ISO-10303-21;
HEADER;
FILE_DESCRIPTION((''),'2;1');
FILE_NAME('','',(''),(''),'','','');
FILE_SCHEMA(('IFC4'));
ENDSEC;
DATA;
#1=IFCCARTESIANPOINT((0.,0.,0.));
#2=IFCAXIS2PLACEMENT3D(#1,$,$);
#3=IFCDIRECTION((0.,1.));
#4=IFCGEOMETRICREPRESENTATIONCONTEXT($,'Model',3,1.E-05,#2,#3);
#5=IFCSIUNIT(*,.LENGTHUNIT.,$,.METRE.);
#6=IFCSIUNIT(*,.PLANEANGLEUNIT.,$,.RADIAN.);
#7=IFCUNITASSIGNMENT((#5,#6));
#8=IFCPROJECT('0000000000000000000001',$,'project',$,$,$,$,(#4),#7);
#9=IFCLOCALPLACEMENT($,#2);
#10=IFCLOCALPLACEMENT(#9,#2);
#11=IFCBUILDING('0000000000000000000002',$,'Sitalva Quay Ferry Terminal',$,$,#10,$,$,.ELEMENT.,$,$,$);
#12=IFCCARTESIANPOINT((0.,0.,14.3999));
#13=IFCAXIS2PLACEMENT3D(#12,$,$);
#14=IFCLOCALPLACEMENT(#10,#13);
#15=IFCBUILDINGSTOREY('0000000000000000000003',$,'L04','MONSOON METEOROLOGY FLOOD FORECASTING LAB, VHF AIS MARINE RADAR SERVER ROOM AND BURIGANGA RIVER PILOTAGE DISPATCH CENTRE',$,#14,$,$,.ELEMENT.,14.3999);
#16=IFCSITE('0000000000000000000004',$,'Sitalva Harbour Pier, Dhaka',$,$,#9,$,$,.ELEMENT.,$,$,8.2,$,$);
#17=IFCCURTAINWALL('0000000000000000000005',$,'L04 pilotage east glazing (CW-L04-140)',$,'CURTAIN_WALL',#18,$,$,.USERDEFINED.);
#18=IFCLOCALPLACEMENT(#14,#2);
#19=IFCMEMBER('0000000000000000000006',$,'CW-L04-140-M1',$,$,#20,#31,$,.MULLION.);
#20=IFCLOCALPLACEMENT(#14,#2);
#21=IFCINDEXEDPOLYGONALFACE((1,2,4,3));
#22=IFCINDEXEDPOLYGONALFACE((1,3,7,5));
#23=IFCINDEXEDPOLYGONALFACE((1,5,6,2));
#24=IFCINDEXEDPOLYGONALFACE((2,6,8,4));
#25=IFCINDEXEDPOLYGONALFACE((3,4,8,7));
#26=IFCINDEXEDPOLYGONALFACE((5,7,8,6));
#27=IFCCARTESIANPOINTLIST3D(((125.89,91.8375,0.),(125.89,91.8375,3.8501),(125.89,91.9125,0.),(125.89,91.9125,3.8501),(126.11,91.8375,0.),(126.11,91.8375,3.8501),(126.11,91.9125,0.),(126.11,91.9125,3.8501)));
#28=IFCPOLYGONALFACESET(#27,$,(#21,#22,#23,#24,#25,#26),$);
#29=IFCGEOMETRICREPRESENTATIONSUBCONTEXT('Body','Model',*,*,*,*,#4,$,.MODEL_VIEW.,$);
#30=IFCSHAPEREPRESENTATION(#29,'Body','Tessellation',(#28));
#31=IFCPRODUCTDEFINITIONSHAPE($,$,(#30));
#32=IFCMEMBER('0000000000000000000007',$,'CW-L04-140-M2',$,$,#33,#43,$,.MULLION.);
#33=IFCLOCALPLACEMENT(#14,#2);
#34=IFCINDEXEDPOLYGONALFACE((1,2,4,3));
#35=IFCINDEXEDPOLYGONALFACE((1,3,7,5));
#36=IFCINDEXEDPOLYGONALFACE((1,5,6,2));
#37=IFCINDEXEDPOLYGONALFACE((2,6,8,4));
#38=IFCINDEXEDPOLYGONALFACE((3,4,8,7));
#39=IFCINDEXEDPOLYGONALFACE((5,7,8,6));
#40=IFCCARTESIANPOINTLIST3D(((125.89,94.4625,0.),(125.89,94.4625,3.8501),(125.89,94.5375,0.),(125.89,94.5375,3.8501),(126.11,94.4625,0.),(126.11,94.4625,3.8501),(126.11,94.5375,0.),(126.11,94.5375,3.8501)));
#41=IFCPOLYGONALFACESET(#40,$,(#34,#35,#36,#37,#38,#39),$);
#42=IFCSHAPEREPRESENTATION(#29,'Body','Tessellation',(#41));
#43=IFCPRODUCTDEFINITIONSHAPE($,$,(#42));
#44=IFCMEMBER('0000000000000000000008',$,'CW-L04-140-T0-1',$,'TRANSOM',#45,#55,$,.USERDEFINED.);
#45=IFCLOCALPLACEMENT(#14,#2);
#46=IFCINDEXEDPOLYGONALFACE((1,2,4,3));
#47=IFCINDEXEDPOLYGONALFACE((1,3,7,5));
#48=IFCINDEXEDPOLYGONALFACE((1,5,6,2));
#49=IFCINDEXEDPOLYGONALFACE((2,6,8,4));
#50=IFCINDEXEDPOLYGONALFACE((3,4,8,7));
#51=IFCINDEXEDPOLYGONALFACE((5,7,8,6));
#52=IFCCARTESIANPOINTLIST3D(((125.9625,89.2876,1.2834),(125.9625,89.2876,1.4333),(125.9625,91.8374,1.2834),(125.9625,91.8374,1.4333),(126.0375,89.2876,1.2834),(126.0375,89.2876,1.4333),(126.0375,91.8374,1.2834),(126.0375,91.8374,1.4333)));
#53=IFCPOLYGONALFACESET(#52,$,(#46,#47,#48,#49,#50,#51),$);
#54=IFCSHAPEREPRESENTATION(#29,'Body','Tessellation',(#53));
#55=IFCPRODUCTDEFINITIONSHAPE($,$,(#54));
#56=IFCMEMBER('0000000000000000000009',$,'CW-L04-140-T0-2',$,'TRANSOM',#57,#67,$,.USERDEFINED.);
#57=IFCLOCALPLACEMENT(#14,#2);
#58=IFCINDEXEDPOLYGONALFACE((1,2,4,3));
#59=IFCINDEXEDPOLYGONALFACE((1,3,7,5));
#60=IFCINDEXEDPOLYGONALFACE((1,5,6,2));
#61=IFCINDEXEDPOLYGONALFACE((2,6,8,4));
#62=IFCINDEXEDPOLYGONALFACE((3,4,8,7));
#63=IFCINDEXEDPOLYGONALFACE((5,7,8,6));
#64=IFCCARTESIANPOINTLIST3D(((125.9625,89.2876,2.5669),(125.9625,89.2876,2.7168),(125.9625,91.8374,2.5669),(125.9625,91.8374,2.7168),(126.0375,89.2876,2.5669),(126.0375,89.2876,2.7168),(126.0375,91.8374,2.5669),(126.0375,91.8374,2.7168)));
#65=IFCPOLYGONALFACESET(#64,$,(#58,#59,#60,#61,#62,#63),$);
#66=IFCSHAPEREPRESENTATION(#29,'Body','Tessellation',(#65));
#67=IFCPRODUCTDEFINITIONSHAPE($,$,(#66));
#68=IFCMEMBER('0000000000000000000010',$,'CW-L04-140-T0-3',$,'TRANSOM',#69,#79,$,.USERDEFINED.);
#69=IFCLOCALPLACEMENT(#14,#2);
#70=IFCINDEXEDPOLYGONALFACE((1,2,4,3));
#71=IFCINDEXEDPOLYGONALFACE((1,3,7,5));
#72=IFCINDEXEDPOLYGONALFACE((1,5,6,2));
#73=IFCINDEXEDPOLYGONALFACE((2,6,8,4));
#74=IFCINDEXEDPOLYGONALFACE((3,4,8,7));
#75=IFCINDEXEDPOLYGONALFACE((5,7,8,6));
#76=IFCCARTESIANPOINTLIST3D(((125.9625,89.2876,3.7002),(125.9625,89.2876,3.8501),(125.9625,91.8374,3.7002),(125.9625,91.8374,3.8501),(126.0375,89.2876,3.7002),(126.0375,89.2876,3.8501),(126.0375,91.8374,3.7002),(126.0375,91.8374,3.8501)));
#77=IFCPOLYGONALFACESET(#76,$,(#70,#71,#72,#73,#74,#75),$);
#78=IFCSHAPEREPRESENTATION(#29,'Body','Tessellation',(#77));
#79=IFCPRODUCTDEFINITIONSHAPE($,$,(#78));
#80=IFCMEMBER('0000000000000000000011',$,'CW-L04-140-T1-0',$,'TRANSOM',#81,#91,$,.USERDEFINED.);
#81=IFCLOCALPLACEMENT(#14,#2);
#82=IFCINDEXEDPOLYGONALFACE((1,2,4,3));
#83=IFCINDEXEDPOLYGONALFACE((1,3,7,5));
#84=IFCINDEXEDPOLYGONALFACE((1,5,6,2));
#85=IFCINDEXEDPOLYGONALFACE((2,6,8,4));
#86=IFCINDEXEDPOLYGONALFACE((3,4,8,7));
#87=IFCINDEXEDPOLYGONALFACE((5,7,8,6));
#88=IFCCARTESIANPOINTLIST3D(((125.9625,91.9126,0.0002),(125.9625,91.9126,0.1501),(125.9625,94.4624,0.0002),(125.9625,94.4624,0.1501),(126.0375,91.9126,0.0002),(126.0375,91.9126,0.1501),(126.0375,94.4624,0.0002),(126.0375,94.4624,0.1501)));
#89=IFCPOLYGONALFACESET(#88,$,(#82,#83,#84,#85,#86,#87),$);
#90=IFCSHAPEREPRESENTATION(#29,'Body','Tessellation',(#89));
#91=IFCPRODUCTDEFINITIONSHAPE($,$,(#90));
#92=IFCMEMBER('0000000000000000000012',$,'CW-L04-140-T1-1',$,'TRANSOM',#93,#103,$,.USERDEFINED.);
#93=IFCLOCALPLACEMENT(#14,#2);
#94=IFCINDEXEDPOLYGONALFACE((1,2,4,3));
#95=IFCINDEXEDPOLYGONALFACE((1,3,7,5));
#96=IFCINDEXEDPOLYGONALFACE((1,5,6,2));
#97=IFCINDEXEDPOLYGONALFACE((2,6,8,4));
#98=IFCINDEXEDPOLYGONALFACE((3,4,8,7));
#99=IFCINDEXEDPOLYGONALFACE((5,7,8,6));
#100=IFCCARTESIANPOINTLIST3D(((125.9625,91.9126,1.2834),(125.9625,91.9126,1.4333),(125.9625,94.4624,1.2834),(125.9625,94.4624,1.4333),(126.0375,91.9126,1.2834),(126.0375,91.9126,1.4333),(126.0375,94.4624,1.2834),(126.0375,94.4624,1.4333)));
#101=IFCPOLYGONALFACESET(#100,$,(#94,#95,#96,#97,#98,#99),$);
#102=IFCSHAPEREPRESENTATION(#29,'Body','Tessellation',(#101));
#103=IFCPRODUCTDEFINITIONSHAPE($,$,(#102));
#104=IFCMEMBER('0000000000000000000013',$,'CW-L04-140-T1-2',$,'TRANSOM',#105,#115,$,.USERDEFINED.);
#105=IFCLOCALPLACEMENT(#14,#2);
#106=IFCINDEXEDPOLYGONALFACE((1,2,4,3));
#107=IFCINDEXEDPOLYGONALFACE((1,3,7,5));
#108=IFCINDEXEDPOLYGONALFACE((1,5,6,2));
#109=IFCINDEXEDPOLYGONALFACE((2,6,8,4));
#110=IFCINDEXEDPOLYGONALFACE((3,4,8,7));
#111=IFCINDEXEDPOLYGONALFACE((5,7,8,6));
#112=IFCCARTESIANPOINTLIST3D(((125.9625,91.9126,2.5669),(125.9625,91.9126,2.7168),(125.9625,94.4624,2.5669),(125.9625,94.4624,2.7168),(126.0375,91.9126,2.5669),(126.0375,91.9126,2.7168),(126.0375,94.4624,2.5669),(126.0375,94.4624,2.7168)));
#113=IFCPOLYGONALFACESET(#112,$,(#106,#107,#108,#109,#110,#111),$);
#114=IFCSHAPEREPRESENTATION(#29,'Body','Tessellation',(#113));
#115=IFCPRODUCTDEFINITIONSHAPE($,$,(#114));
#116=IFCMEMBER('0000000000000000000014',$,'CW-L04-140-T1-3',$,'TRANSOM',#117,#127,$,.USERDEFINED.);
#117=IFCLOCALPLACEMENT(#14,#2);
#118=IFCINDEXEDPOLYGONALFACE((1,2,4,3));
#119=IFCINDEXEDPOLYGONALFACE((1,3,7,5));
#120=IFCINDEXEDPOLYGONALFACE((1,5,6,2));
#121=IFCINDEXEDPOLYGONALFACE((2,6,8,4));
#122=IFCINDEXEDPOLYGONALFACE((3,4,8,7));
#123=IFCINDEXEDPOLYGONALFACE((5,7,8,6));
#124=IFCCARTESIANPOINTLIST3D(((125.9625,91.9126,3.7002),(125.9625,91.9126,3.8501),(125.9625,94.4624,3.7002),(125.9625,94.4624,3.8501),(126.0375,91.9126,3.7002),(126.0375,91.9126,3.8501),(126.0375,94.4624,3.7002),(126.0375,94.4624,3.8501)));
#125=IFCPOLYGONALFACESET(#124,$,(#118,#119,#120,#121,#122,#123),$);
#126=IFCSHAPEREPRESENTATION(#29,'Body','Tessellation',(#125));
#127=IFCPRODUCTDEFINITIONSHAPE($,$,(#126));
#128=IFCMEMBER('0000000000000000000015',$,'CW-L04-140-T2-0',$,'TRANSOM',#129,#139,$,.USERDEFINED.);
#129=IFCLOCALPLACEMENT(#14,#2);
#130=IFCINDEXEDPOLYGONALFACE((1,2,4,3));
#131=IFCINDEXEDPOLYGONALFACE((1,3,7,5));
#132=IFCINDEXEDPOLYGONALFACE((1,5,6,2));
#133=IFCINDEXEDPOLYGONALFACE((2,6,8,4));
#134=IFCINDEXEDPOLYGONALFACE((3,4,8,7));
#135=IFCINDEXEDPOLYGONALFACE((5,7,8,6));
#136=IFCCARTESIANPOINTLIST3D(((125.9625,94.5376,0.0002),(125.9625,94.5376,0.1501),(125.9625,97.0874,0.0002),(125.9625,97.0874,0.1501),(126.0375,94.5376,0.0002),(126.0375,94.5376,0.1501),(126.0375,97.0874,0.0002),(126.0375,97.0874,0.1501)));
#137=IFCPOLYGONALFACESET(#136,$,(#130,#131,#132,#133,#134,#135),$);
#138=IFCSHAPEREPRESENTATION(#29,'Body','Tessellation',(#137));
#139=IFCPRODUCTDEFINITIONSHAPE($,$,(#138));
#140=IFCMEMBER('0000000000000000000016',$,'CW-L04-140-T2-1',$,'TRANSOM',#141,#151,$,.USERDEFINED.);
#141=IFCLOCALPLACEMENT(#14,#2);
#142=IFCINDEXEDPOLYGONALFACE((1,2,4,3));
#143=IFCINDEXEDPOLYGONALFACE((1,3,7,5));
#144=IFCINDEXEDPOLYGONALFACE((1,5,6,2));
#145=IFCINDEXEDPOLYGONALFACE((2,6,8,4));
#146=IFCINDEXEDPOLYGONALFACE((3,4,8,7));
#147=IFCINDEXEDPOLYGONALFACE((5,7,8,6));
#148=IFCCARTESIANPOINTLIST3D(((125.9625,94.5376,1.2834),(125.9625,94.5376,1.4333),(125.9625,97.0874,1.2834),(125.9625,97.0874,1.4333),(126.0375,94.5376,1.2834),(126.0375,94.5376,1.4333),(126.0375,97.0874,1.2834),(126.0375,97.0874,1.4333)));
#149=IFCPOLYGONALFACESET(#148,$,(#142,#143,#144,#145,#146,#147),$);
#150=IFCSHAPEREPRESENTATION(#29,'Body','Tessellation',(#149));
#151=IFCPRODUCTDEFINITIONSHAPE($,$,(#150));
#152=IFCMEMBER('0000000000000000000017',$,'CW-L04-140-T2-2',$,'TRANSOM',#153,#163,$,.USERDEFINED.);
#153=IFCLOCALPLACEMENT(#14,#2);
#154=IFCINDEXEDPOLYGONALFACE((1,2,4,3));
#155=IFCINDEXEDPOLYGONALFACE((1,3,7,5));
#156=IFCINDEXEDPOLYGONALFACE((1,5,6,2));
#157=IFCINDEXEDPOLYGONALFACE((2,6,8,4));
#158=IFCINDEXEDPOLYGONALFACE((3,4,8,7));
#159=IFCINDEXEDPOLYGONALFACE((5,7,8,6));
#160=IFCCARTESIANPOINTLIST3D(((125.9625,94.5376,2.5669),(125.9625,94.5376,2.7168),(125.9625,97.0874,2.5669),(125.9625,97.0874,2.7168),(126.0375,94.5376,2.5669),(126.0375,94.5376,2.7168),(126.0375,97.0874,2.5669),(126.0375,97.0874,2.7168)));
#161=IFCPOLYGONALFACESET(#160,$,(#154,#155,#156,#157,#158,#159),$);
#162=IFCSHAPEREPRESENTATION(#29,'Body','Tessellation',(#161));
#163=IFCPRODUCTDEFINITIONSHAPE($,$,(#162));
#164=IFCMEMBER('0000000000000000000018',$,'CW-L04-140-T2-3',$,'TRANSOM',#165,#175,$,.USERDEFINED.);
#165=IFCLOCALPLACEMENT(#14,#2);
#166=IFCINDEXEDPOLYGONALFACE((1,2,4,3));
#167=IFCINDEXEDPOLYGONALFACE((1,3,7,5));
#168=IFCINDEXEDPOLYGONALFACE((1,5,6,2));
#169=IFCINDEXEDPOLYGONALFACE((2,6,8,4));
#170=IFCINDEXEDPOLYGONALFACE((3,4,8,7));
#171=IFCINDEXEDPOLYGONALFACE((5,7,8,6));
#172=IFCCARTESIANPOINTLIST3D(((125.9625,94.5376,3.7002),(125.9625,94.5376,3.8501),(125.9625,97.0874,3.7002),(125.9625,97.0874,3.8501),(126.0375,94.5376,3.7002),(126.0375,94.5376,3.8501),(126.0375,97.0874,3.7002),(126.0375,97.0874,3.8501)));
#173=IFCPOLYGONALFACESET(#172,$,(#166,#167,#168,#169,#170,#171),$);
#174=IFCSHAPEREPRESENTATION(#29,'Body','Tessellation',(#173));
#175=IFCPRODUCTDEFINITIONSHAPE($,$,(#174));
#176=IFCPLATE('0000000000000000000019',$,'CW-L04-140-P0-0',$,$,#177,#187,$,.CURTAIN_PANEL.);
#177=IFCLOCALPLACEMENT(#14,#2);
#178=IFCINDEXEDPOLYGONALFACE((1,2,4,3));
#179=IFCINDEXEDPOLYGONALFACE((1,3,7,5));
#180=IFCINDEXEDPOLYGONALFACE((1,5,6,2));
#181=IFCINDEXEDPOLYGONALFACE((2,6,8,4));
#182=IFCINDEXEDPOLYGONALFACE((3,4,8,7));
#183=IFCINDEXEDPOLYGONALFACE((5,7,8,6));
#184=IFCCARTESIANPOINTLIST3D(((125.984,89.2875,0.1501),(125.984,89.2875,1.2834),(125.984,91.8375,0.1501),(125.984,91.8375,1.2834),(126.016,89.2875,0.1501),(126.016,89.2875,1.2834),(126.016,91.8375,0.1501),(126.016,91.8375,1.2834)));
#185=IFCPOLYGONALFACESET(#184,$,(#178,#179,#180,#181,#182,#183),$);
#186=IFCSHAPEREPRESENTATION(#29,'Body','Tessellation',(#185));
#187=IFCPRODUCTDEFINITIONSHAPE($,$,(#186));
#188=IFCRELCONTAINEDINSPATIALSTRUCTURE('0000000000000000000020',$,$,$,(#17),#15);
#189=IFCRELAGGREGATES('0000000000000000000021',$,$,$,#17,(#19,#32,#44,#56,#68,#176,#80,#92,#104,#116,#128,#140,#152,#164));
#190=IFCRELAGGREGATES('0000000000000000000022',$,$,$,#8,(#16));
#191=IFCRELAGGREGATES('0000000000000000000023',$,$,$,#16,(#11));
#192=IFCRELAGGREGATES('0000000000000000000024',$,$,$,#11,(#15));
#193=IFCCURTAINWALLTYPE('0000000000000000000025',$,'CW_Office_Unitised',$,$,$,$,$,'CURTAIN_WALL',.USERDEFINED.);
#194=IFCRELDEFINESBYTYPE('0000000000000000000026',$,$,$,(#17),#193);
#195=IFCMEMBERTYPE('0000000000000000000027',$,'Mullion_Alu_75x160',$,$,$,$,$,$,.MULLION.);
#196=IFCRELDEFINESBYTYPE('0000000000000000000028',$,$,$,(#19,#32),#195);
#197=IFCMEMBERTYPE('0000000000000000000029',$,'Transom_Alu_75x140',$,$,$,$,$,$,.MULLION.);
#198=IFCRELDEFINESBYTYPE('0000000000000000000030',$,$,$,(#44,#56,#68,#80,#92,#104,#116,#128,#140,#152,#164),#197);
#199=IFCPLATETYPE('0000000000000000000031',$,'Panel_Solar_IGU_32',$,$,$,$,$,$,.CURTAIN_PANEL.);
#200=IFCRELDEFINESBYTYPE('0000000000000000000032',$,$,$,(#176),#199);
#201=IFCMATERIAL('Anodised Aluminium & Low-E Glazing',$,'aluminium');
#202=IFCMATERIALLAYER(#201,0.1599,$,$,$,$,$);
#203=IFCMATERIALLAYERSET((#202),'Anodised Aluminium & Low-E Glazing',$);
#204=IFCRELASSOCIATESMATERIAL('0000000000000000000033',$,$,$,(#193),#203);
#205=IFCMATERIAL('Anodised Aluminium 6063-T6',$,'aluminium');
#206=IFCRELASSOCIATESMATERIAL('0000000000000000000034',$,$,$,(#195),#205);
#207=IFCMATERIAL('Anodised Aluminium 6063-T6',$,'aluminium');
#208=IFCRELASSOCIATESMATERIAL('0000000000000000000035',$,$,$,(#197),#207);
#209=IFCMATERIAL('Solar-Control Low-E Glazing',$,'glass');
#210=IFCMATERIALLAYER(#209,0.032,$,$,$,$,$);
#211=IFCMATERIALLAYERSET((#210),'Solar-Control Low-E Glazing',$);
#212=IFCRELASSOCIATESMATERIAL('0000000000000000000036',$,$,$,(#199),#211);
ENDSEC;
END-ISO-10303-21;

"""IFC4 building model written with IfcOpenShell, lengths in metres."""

from ifc_helpers import new_model, si_unit, direction, frame, origin, origin_2d, place, context, subcontext, project, spatial, rectangle, extrude, material, layer, layer_set, material_profile, profile_set, type_object, element, aggregate, save


model = new_model("IFC4")

# Units and contexts
model_context = context("Model", 3, precision=1e-05, world=origin(), true_north=direction((0.0, 1.0)))
body_context = subcontext(model_context, "Body", "Model", "MODEL_VIEW")
ifc_project = project(units=[si_unit("LENGTHUNIT", "METRE"), si_unit("PLANEANGLEUNIT", "RADIAN")], contexts=[model_context])

# Site, building, storey
site_placement = place(None, origin())
site = spatial("IfcSite", under=ifc_project, at=site_placement, Name="Sitalva Harbour Pier, Dhaka", CompositionType="ELEMENT", RefElevation=8.2)
building_placement = place(site_placement, origin())
building = spatial("IfcBuilding", under=site, at=building_placement, Name="Sitalva Quay Ferry Terminal", CompositionType="ELEMENT")
storey_placement = place(building_placement, frame((0.0, 0.0, 14.3999)))
storey = spatial("IfcBuildingStorey", under=building, at=storey_placement, Name="L04", Description="MONSOON METEOROLOGY FLOOD FORECASTING LAB, VHF AIS MARINE RADAR SERVER ROOM AND BURIGANGA RIVER PILOTAGE DISPATCH CENTRE", CompositionType="ELEMENT", Elevation=14.3999)

# Curtain wall, members, plate
ifc_material_1 = material(Name="Anodised Aluminium & Low-E Glazing", Category="aluminium")
ifc_layer_1 = layer(ifc_material_1, 0.1599)
ifc_layer_set_1 = layer_set([ifc_layer_1], Name="Anodised Aluminium & Low-E Glazing")
curtain_wall_type = type_object("IfcCurtainWallType", Name="CW_Office_Unitised", ElementType="CURTAIN_WALL", PredefinedType="USERDEFINED", material=ifc_layer_set_1)
curtain_wall_placement = place(storey_placement, origin())
curtain_wall = element("IfcCurtainWall", 1, at=curtain_wall_placement, inside=storey, type_object=curtain_wall_type, Name="L04 pilotage east glazing (CW-L04-140)", ObjectType="CURTAIN_WALL", PredefinedType="USERDEFINED")
ifc_material_2 = material(Name="Anodised Aluminium 6063-T6", Category="aluminium")
ifc_material_profile_1 = material_profile(ifc_material_2, rectangle(XDim=0.075, YDim=0.22, at=origin_2d()), Name="ALU75x220")
ifc_profile_set_1 = profile_set([ifc_material_profile_1], Name="Anodised Aluminium 6063-T6")
member_type_1 = type_object("IfcMemberType", Name="Mullion_Alu_75x160", PredefinedType="MULLION", material=ifc_profile_set_1)
member_1_placement = place(storey_placement, frame((126.0, 91.875, 0.0), z_axis=(0.0, 0.0, 1.0), x_axis=(0.0, 1.0, 0.0)))
member_1 = element("IfcMember", 2, at=member_1_placement, type_object=member_type_1, Name="CW-L04-140-M1", PredefinedType="MULLION", context=body_context, shape_type="SweptSolid", body=[
    extrude(rectangle(XDim=0.075, YDim=0.22, at=origin_2d()), origin(), (0.0, 0.0, 1.0), 3.8501),
])
member_2_placement = place(storey_placement, frame((126.0, 94.5, 0.0), z_axis=(0.0, 0.0, 1.0), x_axis=(0.0, 1.0, 0.0)))
member_2 = element("IfcMember", 3, at=member_2_placement, type_object=member_type_1, Name="CW-L04-140-M2", PredefinedType="MULLION", context=body_context, shape_type="SweptSolid", body=[
    extrude(rectangle(XDim=0.075, YDim=0.22, at=origin_2d()), origin(), (0.0, 0.0, 1.0), 3.8501),
])
ifc_material_3 = material(Name="Anodised Aluminium 6063-T6", Category="aluminium")
ifc_material_profile_2 = material_profile(ifc_material_3, rectangle(XDim=0.075, YDim=0.1499, at=origin_2d()), Name="ALU75x150")
ifc_profile_set_2 = profile_set([ifc_material_profile_2], Name="Anodised Aluminium 6063-T6")
member_type_2 = type_object("IfcMemberType", Name="Transom_Alu_75x140", PredefinedType="MULLION", material=ifc_profile_set_2)
member_3_placement = place(storey_placement, frame((126.0, 89.2876, 1.3584), z_axis=(0.0, 1.0, 0.0), x_axis=(-1.0, 0.0, 0.0)))
member_3 = element("IfcMember", 4, at=member_3_placement, type_object=member_type_2, Name="CW-L04-140-T0-1", ObjectType="TRANSOM", PredefinedType="USERDEFINED", context=body_context, shape_type="SweptSolid", body=[
    extrude(rectangle(XDim=0.075, YDim=0.1499, at=origin_2d()), origin(), (0.0, 0.0, 1.0), 2.5498),
])
member_4_placement = place(storey_placement, frame((126.0, 89.2876, 2.6418), z_axis=(0.0, 1.0, 0.0), x_axis=(-1.0, 0.0, 0.0)))
member_4 = element("IfcMember", 5, at=member_4_placement, type_object=member_type_2, Name="CW-L04-140-T0-2", ObjectType="TRANSOM", PredefinedType="USERDEFINED", context=body_context, shape_type="SweptSolid", body=[
    extrude(rectangle(XDim=0.075, YDim=0.1499, at=origin_2d()), origin(), (0.0, 0.0, 1.0), 2.5498),
])
member_5_placement = place(storey_placement, frame((126.0, 89.2876, 3.7751), z_axis=(0.0, 1.0, 0.0), x_axis=(-1.0, 0.0, 0.0)))
member_5 = element("IfcMember", 6, at=member_5_placement, type_object=member_type_2, Name="CW-L04-140-T0-3", ObjectType="TRANSOM", PredefinedType="USERDEFINED", context=body_context, shape_type="SweptSolid", body=[
    extrude(rectangle(XDim=0.075, YDim=0.1499, at=origin_2d()), origin(), (0.0, 0.0, 1.0), 2.5498),
])
member_6_placement = place(storey_placement, frame((126.0, 91.9126, 0.0752), z_axis=(0.0, 1.0, 0.0), x_axis=(-1.0, 0.0, 0.0)))
member_6 = element("IfcMember", 7, at=member_6_placement, type_object=member_type_2, Name="CW-L04-140-T1-0", ObjectType="TRANSOM", PredefinedType="USERDEFINED", context=body_context, shape_type="SweptSolid", body=[
    extrude(rectangle(XDim=0.075, YDim=0.1499, at=origin_2d()), origin(), (0.0, 0.0, 1.0), 2.5498),
])
member_7_placement = place(storey_placement, frame((126.0, 91.9126, 1.3584), z_axis=(0.0, 1.0, 0.0), x_axis=(-1.0, 0.0, 0.0)))
member_7 = element("IfcMember", 8, at=member_7_placement, type_object=member_type_2, Name="CW-L04-140-T1-1", ObjectType="TRANSOM", PredefinedType="USERDEFINED", context=body_context, shape_type="SweptSolid", body=[
    extrude(rectangle(XDim=0.075, YDim=0.1499, at=origin_2d()), origin(), (0.0, 0.0, 1.0), 2.5498),
])
member_8_placement = place(storey_placement, frame((126.0, 91.9126, 2.6418), z_axis=(0.0, 1.0, 0.0), x_axis=(-1.0, 0.0, 0.0)))
member_8 = element("IfcMember", 9, at=member_8_placement, type_object=member_type_2, Name="CW-L04-140-T1-2", ObjectType="TRANSOM", PredefinedType="USERDEFINED", context=body_context, shape_type="SweptSolid", body=[
    extrude(rectangle(XDim=0.075, YDim=0.1499, at=origin_2d()), origin(), (0.0, 0.0, 1.0), 2.5498),
])
member_9_placement = place(storey_placement, frame((126.0, 91.9126, 3.7751), z_axis=(0.0, 1.0, 0.0), x_axis=(-1.0, 0.0, 0.0)))
member_9 = element("IfcMember", 10, at=member_9_placement, type_object=member_type_2, Name="CW-L04-140-T1-3", ObjectType="TRANSOM", PredefinedType="USERDEFINED", context=body_context, shape_type="SweptSolid", body=[
    extrude(rectangle(XDim=0.075, YDim=0.1499, at=origin_2d()), origin(), (0.0, 0.0, 1.0), 2.5498),
])
member_10_placement = place(storey_placement, frame((126.0, 94.5376, 0.0752), z_axis=(0.0, 1.0, 0.0), x_axis=(-1.0, 0.0, 0.0)))
member_10 = element("IfcMember", 11, at=member_10_placement, type_object=member_type_2, Name="CW-L04-140-T2-0", ObjectType="TRANSOM", PredefinedType="USERDEFINED", context=body_context, shape_type="SweptSolid", body=[
    extrude(rectangle(XDim=0.075, YDim=0.1499, at=origin_2d()), origin(), (0.0, 0.0, 1.0), 2.5498),
])
member_11_placement = place(storey_placement, frame((126.0, 94.5376, 1.3584), z_axis=(0.0, 1.0, 0.0), x_axis=(-1.0, 0.0, 0.0)))
member_11 = element("IfcMember", 12, at=member_11_placement, type_object=member_type_2, Name="CW-L04-140-T2-1", ObjectType="TRANSOM", PredefinedType="USERDEFINED", context=body_context, shape_type="SweptSolid", body=[
    extrude(rectangle(XDim=0.075, YDim=0.1499, at=origin_2d()), origin(), (0.0, 0.0, 1.0), 2.5498),
])
member_12_placement = place(storey_placement, frame((126.0, 94.5376, 2.6418), z_axis=(0.0, 1.0, 0.0), x_axis=(-1.0, 0.0, 0.0)))
member_12 = element("IfcMember", 13, at=member_12_placement, type_object=member_type_2, Name="CW-L04-140-T2-2", ObjectType="TRANSOM", PredefinedType="USERDEFINED", context=body_context, shape_type="SweptSolid", body=[
    extrude(rectangle(XDim=0.075, YDim=0.1499, at=origin_2d()), origin(), (0.0, 0.0, 1.0), 2.5498),
])
member_13_placement = place(storey_placement, frame((126.0, 94.5376, 3.7751), z_axis=(0.0, 1.0, 0.0), x_axis=(-1.0, 0.0, 0.0)))
member_13 = element("IfcMember", 14, at=member_13_placement, type_object=member_type_2, Name="CW-L04-140-T2-3", ObjectType="TRANSOM", PredefinedType="USERDEFINED", context=body_context, shape_type="SweptSolid", body=[
    extrude(rectangle(XDim=0.075, YDim=0.1499, at=origin_2d()), origin(), (0.0, 0.0, 1.0), 2.5498),
])
ifc_material_4 = material(Name="Solar-Control Low-E Glazing", Category="glass")
ifc_layer_2 = layer(ifc_material_4, 0.032)
ifc_layer_set_2 = layer_set([ifc_layer_2], Name="Solar-Control Low-E Glazing")
plate_type = type_object("IfcPlateType", Name="Panel_Solar_IGU_32", PredefinedType="CURTAIN_PANEL", material=ifc_layer_set_2)
plate_1_placement = place(storey_placement, frame((126.0, 90.5625, 0.1501), z_axis=(0.0, 0.0, 1.0), x_axis=(0.0, 1.0, 0.0)))
plate_1 = element("IfcPlate", 15, at=plate_1_placement, type_object=plate_type, Name="CW-L04-140-P0-0", PredefinedType="CURTAIN_PANEL", context=body_context, shape_type="SweptSolid", body=[
    extrude(rectangle(XDim=2.55, YDim=0.032, at=origin_2d()), origin(), (0.0, 0.0, 1.0), 1.1333),
])
aggregate(curtain_wall, [member_1, member_2, member_3, member_4, member_5, plate_1, member_6, member_7, member_8, member_9, member_10, member_11, member_12, member_13])

save(model, "model.ifc")
